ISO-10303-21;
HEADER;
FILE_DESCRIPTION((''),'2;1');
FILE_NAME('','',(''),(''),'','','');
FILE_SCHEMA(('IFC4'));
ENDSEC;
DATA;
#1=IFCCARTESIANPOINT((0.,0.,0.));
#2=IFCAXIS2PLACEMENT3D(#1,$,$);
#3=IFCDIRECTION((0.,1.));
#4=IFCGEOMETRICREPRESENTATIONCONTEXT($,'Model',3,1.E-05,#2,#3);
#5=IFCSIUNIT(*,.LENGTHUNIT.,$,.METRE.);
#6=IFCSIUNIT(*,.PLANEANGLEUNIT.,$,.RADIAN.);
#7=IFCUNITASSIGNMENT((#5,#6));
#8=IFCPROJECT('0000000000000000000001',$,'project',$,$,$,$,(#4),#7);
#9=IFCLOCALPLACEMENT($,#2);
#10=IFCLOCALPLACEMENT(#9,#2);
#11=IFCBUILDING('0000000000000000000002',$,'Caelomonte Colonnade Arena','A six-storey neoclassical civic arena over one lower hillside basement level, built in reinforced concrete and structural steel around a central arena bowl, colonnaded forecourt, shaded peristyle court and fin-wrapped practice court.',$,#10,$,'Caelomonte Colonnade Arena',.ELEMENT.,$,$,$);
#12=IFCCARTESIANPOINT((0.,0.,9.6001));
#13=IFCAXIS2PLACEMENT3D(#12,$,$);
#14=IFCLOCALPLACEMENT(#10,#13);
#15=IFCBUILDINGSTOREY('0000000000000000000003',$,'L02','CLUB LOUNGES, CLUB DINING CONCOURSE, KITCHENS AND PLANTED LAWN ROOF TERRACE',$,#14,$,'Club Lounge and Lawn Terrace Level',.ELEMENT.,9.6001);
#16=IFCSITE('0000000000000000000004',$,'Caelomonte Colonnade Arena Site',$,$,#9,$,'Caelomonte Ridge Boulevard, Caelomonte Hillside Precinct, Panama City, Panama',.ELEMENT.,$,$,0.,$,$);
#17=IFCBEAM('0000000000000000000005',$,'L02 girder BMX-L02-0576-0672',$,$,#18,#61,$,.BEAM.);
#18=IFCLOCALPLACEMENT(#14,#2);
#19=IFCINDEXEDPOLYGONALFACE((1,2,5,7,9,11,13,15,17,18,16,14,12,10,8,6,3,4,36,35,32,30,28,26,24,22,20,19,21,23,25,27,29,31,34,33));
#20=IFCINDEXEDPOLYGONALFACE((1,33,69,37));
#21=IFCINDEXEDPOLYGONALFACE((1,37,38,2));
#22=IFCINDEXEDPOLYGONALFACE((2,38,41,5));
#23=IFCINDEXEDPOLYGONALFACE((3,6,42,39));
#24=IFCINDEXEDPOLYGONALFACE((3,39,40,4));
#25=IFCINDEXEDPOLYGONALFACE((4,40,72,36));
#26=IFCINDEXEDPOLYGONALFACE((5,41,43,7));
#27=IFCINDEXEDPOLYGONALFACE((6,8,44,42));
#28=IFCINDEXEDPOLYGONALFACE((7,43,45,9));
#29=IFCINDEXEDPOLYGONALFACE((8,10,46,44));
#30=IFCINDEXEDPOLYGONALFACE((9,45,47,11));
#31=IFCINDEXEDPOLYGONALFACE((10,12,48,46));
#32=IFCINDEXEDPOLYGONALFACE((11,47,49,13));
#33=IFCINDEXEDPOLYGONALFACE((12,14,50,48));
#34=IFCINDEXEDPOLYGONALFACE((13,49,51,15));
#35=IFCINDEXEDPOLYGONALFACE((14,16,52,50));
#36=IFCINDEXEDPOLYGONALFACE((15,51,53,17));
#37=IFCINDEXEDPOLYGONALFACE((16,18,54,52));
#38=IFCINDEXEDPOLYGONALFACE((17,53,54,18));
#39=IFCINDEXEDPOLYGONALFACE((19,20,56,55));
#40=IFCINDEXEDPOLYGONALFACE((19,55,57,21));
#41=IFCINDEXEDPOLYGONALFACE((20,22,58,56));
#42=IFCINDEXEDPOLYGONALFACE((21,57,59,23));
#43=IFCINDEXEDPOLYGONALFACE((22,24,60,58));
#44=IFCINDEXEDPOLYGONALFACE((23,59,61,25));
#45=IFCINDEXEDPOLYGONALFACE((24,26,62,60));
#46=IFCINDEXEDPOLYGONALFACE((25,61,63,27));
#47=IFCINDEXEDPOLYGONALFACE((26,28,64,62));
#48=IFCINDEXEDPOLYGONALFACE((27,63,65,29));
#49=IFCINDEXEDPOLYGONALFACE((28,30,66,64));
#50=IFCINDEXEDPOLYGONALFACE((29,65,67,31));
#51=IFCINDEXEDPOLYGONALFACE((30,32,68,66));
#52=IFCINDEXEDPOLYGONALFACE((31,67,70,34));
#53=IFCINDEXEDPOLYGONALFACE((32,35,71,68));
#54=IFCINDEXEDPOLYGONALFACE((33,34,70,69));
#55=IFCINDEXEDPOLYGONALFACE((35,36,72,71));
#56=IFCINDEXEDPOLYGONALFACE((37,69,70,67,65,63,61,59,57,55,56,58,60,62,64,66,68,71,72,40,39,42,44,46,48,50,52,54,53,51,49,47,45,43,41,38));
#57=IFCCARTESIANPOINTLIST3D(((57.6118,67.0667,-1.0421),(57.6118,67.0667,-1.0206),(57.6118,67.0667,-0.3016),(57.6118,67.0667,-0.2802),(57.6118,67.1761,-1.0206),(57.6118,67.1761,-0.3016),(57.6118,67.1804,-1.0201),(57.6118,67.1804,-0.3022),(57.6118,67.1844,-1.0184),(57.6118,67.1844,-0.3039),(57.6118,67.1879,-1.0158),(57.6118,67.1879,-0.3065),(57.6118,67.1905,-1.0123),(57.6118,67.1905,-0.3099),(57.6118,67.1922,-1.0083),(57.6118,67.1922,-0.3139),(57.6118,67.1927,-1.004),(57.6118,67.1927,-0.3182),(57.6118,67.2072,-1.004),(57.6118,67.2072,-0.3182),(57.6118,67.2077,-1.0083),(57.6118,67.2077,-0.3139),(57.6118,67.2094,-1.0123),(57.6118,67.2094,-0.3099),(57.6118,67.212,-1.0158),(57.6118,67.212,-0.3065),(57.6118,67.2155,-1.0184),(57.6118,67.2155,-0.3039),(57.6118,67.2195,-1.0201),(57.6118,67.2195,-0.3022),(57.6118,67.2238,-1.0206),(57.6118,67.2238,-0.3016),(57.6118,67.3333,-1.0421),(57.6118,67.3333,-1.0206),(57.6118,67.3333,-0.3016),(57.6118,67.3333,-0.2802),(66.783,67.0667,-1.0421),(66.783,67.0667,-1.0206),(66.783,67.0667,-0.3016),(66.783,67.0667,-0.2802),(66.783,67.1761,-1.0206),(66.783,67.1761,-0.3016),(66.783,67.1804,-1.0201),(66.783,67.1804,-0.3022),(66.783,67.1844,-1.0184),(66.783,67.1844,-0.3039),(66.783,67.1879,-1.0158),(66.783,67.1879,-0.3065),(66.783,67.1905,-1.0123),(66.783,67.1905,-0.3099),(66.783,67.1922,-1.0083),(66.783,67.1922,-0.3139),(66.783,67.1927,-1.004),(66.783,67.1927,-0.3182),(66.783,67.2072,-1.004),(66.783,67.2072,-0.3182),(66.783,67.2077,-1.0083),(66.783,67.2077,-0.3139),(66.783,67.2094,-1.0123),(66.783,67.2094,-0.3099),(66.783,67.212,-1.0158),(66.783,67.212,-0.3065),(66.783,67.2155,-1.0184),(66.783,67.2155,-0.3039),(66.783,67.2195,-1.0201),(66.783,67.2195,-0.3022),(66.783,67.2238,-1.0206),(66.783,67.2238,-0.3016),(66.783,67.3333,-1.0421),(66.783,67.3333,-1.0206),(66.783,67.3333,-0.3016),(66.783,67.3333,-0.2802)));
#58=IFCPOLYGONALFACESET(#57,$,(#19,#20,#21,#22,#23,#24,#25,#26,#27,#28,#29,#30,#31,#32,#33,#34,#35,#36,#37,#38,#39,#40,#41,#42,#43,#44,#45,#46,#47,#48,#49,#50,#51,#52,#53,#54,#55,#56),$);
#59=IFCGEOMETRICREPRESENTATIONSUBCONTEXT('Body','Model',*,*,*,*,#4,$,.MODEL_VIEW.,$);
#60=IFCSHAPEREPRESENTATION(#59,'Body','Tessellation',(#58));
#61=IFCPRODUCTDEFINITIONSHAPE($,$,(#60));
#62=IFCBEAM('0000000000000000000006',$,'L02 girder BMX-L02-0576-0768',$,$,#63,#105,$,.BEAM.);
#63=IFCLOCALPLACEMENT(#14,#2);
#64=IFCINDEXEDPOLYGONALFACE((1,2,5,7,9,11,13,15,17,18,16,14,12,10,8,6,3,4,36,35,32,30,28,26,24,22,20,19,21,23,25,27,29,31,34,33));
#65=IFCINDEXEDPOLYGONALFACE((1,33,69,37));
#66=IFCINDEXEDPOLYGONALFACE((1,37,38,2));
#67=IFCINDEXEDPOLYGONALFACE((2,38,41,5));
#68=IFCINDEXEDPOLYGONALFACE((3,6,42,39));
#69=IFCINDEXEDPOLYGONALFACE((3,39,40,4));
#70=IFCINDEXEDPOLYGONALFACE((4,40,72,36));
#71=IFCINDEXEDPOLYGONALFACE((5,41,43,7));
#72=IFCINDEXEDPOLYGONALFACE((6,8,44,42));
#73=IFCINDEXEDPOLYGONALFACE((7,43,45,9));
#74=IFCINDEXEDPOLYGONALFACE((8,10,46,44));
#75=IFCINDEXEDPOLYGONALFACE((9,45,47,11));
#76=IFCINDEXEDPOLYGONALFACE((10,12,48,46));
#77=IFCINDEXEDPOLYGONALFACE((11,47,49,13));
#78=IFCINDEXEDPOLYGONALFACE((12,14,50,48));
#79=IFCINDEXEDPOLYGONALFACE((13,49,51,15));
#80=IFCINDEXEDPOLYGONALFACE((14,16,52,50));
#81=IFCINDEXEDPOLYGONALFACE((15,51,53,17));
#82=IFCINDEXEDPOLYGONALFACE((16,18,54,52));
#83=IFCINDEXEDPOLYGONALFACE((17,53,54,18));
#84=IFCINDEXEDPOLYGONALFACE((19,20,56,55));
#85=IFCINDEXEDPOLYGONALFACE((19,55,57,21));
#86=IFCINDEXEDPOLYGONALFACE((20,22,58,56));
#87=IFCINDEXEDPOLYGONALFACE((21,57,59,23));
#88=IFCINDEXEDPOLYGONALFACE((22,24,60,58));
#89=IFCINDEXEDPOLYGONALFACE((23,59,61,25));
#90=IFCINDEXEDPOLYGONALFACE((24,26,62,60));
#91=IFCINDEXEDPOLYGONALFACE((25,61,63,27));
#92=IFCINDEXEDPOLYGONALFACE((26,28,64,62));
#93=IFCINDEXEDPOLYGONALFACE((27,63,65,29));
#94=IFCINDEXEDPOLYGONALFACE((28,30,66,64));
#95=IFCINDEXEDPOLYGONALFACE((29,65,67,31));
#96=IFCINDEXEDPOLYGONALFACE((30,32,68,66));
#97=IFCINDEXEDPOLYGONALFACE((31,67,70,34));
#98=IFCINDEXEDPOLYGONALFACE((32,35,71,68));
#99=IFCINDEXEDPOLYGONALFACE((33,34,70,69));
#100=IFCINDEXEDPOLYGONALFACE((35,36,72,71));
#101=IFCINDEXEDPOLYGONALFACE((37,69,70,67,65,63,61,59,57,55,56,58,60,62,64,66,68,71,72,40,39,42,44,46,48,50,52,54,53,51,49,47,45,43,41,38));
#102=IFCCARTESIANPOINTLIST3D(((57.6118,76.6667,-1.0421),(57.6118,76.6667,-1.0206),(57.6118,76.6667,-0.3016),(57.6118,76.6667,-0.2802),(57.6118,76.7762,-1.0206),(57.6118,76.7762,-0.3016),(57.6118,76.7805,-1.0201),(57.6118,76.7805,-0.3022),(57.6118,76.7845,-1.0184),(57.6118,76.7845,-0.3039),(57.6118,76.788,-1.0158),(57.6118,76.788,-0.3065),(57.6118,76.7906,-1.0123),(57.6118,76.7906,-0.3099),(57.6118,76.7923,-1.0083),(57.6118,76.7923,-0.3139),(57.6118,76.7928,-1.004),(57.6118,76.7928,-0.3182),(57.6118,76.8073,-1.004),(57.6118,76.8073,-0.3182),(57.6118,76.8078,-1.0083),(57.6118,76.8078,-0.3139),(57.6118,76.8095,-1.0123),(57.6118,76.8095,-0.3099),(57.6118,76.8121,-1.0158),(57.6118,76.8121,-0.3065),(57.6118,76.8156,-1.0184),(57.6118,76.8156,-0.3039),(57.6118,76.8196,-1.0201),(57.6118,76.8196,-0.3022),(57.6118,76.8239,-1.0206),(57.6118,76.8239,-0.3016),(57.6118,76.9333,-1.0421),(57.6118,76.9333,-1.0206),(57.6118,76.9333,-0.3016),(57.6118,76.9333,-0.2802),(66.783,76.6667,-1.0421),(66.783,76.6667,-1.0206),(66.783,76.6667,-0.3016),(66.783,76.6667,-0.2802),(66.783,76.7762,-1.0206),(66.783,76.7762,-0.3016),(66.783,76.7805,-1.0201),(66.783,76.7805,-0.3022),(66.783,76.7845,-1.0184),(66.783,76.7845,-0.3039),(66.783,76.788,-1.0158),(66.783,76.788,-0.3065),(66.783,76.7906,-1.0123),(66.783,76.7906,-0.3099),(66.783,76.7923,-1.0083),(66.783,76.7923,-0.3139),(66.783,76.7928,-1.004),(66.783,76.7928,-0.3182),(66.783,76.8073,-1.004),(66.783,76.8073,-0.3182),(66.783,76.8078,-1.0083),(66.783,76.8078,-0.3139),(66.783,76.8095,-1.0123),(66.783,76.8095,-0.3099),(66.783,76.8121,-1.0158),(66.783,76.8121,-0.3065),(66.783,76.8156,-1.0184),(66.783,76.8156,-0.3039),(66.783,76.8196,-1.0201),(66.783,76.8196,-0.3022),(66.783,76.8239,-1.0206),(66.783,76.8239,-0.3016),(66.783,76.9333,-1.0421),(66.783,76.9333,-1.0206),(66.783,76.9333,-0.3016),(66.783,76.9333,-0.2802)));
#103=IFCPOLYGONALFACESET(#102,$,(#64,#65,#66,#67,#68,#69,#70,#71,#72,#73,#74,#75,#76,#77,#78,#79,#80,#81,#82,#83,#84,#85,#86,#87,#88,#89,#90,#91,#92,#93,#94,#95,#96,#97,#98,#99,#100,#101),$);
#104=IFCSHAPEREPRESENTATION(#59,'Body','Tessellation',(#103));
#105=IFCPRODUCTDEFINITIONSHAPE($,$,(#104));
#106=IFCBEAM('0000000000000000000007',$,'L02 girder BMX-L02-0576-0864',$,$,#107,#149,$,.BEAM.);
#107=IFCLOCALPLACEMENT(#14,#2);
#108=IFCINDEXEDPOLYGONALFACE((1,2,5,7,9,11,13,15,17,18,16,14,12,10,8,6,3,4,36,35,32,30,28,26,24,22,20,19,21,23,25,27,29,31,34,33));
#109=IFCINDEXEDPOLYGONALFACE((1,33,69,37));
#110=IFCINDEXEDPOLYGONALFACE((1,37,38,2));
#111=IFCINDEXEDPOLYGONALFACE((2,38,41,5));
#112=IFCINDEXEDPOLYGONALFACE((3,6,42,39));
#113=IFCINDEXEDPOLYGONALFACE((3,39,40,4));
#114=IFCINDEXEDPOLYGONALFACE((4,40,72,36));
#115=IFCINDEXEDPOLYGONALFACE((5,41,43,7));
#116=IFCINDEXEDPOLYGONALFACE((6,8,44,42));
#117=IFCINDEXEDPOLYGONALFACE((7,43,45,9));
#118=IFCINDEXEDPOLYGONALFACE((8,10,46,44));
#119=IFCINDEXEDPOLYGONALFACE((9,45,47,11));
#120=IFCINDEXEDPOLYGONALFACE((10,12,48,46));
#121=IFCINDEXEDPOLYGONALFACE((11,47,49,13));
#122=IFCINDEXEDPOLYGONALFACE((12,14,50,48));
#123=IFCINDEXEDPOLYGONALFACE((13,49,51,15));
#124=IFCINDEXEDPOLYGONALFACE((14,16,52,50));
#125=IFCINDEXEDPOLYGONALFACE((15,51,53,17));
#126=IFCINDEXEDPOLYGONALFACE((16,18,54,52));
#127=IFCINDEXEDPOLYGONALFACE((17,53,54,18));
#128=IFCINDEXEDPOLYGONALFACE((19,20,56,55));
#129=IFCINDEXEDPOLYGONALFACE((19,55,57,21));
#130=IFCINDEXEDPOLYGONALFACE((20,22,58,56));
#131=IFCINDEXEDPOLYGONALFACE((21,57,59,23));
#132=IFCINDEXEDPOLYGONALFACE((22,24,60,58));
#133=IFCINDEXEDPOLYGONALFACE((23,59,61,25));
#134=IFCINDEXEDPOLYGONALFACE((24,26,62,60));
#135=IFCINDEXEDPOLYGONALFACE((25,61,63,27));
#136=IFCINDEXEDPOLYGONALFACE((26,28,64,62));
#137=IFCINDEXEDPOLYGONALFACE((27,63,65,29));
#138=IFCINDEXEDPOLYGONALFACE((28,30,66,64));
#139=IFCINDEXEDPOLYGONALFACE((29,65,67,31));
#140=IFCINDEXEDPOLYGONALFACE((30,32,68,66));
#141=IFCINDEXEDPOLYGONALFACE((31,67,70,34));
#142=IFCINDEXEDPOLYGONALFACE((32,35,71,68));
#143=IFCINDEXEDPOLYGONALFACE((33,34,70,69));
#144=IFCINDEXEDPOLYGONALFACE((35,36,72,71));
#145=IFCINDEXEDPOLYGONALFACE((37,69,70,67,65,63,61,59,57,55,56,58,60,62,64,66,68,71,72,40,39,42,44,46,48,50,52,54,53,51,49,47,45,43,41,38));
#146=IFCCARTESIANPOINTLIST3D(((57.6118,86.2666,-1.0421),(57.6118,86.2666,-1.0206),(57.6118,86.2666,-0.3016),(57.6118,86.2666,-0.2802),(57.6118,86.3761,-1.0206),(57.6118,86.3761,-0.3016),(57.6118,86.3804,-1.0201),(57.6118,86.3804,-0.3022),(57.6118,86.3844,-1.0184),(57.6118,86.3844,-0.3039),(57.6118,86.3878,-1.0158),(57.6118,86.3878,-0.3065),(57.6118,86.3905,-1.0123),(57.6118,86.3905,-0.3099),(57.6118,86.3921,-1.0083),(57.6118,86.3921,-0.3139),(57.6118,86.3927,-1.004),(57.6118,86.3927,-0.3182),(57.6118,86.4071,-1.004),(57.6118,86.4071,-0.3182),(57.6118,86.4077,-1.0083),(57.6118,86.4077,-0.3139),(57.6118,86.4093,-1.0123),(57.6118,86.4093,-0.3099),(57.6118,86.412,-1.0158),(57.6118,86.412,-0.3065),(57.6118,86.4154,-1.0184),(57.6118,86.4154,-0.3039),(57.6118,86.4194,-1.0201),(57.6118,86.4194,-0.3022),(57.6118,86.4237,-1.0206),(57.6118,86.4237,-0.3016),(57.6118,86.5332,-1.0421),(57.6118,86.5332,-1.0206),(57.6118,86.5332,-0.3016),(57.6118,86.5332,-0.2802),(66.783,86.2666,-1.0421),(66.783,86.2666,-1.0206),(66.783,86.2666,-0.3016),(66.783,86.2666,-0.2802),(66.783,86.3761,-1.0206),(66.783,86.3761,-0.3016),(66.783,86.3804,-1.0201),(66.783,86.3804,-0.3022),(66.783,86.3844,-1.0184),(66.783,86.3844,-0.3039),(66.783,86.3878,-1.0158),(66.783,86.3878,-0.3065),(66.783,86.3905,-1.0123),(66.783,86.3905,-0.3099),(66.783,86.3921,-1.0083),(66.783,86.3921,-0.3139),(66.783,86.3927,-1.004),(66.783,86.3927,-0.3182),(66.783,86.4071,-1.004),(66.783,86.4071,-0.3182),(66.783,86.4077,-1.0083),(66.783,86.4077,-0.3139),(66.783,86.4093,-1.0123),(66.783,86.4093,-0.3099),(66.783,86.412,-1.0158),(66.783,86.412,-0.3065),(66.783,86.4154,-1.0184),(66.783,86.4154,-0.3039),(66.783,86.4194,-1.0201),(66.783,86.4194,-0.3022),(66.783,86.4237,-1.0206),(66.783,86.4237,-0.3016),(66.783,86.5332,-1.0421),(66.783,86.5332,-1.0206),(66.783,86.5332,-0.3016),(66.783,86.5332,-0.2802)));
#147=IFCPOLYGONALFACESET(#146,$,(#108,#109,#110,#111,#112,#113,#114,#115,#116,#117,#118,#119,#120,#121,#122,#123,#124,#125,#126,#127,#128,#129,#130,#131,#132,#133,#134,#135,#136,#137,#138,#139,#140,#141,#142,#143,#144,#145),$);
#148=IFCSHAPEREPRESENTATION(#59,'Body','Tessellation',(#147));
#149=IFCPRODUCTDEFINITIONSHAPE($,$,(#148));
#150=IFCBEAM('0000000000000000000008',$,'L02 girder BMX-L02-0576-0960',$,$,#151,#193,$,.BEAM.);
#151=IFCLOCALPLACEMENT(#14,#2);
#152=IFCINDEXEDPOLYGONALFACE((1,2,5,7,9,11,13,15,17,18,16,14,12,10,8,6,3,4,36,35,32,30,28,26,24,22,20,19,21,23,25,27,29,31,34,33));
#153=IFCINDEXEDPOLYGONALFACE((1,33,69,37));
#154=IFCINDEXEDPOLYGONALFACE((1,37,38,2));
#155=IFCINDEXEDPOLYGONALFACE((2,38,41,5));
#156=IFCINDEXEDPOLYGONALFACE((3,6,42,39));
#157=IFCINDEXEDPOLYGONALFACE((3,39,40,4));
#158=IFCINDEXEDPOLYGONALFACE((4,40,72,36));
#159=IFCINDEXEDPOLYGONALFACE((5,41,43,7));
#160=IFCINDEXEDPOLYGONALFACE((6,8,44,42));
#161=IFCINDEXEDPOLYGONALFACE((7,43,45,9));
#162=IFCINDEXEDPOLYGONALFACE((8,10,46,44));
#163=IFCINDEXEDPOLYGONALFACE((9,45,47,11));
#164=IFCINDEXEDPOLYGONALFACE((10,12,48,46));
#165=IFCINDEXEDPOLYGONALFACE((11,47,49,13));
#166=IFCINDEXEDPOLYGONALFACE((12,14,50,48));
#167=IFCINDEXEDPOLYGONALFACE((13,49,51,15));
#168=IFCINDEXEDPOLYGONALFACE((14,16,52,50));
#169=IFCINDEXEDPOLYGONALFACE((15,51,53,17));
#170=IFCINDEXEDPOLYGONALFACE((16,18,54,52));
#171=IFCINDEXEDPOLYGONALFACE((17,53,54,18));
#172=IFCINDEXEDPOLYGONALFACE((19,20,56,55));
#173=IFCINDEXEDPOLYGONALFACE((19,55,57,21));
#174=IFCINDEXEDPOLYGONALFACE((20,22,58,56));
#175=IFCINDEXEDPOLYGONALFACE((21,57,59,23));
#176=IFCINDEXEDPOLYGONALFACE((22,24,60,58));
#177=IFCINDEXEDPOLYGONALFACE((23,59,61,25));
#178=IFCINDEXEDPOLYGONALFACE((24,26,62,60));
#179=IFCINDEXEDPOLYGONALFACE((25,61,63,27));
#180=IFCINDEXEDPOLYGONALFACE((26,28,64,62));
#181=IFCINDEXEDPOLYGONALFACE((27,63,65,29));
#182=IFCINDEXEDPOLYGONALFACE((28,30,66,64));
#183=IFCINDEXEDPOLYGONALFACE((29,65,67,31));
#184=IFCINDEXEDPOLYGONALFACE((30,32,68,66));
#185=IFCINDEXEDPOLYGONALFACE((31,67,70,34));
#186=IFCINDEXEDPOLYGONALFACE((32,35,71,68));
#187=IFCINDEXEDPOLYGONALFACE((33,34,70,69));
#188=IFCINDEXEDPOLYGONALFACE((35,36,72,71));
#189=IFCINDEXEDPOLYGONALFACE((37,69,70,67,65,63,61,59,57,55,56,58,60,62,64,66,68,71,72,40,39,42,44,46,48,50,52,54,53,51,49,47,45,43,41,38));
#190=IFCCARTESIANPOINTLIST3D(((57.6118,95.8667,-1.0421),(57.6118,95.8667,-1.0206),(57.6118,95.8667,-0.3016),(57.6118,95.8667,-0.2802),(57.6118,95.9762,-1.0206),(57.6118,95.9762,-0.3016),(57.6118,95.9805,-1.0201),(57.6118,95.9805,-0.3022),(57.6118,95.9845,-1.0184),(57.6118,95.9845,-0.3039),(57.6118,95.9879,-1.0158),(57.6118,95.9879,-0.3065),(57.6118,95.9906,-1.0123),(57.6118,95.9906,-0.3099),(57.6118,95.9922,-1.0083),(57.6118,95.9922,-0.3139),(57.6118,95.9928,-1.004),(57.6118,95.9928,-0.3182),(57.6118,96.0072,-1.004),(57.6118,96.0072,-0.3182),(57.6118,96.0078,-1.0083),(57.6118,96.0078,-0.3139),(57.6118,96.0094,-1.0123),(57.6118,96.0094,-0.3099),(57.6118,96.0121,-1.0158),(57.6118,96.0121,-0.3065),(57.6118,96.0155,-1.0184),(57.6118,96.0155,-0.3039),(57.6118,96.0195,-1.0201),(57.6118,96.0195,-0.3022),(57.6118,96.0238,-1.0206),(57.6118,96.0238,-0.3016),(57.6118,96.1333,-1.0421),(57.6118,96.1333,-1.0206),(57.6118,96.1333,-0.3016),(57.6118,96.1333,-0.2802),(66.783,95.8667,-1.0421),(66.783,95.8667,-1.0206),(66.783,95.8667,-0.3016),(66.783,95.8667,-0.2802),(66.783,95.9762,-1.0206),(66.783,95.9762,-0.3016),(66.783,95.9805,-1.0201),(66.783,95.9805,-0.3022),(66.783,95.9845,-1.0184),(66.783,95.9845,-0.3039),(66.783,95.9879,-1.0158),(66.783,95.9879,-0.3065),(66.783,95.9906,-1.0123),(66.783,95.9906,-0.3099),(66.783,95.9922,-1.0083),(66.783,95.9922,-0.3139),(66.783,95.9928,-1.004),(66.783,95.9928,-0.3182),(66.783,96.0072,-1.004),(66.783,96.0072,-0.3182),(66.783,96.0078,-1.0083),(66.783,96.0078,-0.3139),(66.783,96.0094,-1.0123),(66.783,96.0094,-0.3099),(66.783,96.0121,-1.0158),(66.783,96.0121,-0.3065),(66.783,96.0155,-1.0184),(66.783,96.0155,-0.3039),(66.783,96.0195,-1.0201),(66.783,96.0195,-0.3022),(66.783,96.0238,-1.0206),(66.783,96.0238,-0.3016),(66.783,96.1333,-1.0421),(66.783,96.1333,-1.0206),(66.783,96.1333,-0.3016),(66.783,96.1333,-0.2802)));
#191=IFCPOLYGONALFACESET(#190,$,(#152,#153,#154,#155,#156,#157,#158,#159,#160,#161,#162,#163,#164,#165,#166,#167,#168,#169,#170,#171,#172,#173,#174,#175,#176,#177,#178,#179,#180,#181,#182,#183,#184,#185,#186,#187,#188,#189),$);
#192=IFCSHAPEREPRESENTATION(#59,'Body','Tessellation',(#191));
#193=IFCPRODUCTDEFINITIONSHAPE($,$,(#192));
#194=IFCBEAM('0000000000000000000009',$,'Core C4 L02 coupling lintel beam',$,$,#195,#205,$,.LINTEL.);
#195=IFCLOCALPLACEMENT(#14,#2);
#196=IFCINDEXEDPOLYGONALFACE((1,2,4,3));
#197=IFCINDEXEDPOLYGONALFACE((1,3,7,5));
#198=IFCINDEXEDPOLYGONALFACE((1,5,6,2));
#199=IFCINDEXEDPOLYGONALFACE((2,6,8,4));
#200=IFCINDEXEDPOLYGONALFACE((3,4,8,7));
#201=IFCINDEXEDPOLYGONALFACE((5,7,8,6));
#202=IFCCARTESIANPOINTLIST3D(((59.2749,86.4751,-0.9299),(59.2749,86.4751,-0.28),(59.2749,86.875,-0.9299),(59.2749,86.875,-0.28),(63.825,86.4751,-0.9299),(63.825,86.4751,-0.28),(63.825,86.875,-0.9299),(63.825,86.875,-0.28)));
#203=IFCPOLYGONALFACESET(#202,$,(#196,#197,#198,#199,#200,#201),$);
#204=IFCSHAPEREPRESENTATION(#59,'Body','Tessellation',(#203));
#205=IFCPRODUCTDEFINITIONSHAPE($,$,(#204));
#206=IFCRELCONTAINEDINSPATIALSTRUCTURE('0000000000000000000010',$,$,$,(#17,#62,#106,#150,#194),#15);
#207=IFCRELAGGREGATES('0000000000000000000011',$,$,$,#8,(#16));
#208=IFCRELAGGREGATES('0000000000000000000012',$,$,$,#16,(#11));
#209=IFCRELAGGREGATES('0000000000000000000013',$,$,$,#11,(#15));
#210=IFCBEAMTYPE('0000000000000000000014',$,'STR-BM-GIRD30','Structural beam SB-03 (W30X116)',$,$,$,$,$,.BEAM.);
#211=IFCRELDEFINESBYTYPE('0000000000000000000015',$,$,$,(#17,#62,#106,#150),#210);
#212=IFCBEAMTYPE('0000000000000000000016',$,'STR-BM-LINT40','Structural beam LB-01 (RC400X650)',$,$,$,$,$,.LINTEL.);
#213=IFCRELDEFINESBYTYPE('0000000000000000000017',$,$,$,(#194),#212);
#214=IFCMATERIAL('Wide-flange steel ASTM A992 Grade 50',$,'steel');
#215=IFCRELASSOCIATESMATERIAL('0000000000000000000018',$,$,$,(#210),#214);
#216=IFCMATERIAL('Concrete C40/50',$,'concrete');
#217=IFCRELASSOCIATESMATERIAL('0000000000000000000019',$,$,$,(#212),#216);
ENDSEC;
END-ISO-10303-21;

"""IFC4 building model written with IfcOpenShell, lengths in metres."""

from ifc_helpers import new_model, si_unit, direction, frame, origin, origin_2d, place, context, subcontext, project, spatial, rectangle, i_section, extrude, material, material_profile, profile_set, type_object, element, save


model = new_model("IFC4")

# Units and contexts
model_context = context("Model", 3, precision=1e-05, world=origin(), true_north=direction((0.0, 1.0)))
body_context = subcontext(model_context, "Body", "Model", "MODEL_VIEW")
ifc_project = project(units=[si_unit("LENGTHUNIT", "METRE"), si_unit("PLANEANGLEUNIT", "RADIAN")], contexts=[model_context])

# Site, building, storey
site_placement = place(None, origin())
site = spatial("IfcSite", under=ifc_project, at=site_placement, Name="Caelomonte Colonnade Arena Site", LongName="Caelomonte Ridge Boulevard, Caelomonte Hillside Precinct, Panama City, Panama", CompositionType="ELEMENT", RefElevation=0.0)
building_placement = place(site_placement, origin())
building = spatial("IfcBuilding", under=site, at=building_placement, Name="Caelomonte Colonnade Arena", Description="A six-storey neoclassical civic arena over one lower hillside basement level, built in reinforced concrete and structural steel around a central arena bowl, colonnaded forecourt, shaded peristyle court and fin-wrapped practice court.", LongName="Caelomonte Colonnade Arena", CompositionType="ELEMENT")
storey_placement = place(building_placement, frame((0.0, 0.0, 9.6001)))
storey = spatial("IfcBuildingStorey", under=building, at=storey_placement, Name="L02", Description="CLUB LOUNGES, CLUB DINING CONCOURSE, KITCHENS AND PLANTED LAWN ROOF TERRACE", LongName="Club Lounge and Lawn Terrace Level", CompositionType="ELEMENT", Elevation=9.6001)

# Shared definitions
ifc_material_1 = material(Name="Wide-flange steel ASTM A992 Grade 50", Category="steel")

# Beams
ifc_material_profile_1 = material_profile(ifc_material_1, i_section(OverallWidth=0.2666, OverallDepth=0.762, WebThickness=0.0144, FlangeThickness=0.0215, FilletRadius=0.0166, at=origin_2d()), Name="W30X116")
ifc_profile_set_1 = profile_set([ifc_material_profile_1], Name="Wide-flange steel ASTM A992 Grade 50")
beam_type_1 = type_object("IfcBeamType", Name="STR-BM-GIRD30", Description="Structural beam SB-03 (W30X116)", PredefinedType="BEAM", material=ifc_profile_set_1)
for number, where, z_axis, x_axis, name in (
    (1, (57.6118, 67.2, -0.6611), (1.0, 0.0, 0.0), (0.0, 1.0, 0.0), "L02 girder BMX-L02-0576-0672"),
    (2, (57.6118, 76.8, -0.6611), (1.0, 0.0, 0.0), (0.0, 1.0, 0.0), "L02 girder BMX-L02-0576-0768"),
    (3, (57.6118, 86.3999, -0.6611), (1.0, 0.0, 0.0), (0.0, 1.0, 0.0), "L02 girder BMX-L02-0576-0864"),
    (4, (57.6118, 96.0, -0.6611), (1.0, 0.0, 0.0), (0.0, 1.0, 0.0), "L02 girder BMX-L02-0576-0960"),
):
    element("IfcBeam", number, at=place(storey_placement, frame(where, z_axis=z_axis, x_axis=x_axis)), inside=storey, type_object=beam_type_1, Name=name, PredefinedType="BEAM", context=body_context, shape_type="SweptSolid", body=[
        extrude(i_section(OverallWidth=0.2666, OverallDepth=0.762, WebThickness=0.0144, FlangeThickness=0.0215, FilletRadius=0.0166, at=origin_2d()), origin(), (0.0, 0.0, 1.0), 9.1711),
    ])
ifc_material_2 = material(Name="Concrete C40/50", Category="concrete")
ifc_material_profile_2 = material_profile(ifc_material_2, rectangle(XDim=0.3999, YDim=0.6499, at=origin_2d()), Name="RC400X650")
ifc_profile_set_2 = profile_set([ifc_material_profile_2], Name="Concrete C40/50")
beam_type_2 = type_object("IfcBeamType", Name="STR-BM-LINT40", Description="Structural beam LB-01 (RC400X650)", PredefinedType="LINTEL", material=ifc_profile_set_2)
beam_1_placement = place(storey_placement, frame((59.2749, 86.675, -0.605), z_axis=(1.0, 0.0, 0.0), x_axis=(0.0, 1.0, 0.0)))
element("IfcBeam", 5, at=beam_1_placement, inside=storey, type_object=beam_type_2, Name="Core C4 L02 coupling lintel beam", PredefinedType="LINTEL", context=body_context, shape_type="SweptSolid", body=[
    extrude(rectangle(XDim=0.3999, YDim=0.6499, at=origin_2d()), origin(), (0.0, 0.0, 1.0), 4.55),
])

save(model, "model.ifc")
